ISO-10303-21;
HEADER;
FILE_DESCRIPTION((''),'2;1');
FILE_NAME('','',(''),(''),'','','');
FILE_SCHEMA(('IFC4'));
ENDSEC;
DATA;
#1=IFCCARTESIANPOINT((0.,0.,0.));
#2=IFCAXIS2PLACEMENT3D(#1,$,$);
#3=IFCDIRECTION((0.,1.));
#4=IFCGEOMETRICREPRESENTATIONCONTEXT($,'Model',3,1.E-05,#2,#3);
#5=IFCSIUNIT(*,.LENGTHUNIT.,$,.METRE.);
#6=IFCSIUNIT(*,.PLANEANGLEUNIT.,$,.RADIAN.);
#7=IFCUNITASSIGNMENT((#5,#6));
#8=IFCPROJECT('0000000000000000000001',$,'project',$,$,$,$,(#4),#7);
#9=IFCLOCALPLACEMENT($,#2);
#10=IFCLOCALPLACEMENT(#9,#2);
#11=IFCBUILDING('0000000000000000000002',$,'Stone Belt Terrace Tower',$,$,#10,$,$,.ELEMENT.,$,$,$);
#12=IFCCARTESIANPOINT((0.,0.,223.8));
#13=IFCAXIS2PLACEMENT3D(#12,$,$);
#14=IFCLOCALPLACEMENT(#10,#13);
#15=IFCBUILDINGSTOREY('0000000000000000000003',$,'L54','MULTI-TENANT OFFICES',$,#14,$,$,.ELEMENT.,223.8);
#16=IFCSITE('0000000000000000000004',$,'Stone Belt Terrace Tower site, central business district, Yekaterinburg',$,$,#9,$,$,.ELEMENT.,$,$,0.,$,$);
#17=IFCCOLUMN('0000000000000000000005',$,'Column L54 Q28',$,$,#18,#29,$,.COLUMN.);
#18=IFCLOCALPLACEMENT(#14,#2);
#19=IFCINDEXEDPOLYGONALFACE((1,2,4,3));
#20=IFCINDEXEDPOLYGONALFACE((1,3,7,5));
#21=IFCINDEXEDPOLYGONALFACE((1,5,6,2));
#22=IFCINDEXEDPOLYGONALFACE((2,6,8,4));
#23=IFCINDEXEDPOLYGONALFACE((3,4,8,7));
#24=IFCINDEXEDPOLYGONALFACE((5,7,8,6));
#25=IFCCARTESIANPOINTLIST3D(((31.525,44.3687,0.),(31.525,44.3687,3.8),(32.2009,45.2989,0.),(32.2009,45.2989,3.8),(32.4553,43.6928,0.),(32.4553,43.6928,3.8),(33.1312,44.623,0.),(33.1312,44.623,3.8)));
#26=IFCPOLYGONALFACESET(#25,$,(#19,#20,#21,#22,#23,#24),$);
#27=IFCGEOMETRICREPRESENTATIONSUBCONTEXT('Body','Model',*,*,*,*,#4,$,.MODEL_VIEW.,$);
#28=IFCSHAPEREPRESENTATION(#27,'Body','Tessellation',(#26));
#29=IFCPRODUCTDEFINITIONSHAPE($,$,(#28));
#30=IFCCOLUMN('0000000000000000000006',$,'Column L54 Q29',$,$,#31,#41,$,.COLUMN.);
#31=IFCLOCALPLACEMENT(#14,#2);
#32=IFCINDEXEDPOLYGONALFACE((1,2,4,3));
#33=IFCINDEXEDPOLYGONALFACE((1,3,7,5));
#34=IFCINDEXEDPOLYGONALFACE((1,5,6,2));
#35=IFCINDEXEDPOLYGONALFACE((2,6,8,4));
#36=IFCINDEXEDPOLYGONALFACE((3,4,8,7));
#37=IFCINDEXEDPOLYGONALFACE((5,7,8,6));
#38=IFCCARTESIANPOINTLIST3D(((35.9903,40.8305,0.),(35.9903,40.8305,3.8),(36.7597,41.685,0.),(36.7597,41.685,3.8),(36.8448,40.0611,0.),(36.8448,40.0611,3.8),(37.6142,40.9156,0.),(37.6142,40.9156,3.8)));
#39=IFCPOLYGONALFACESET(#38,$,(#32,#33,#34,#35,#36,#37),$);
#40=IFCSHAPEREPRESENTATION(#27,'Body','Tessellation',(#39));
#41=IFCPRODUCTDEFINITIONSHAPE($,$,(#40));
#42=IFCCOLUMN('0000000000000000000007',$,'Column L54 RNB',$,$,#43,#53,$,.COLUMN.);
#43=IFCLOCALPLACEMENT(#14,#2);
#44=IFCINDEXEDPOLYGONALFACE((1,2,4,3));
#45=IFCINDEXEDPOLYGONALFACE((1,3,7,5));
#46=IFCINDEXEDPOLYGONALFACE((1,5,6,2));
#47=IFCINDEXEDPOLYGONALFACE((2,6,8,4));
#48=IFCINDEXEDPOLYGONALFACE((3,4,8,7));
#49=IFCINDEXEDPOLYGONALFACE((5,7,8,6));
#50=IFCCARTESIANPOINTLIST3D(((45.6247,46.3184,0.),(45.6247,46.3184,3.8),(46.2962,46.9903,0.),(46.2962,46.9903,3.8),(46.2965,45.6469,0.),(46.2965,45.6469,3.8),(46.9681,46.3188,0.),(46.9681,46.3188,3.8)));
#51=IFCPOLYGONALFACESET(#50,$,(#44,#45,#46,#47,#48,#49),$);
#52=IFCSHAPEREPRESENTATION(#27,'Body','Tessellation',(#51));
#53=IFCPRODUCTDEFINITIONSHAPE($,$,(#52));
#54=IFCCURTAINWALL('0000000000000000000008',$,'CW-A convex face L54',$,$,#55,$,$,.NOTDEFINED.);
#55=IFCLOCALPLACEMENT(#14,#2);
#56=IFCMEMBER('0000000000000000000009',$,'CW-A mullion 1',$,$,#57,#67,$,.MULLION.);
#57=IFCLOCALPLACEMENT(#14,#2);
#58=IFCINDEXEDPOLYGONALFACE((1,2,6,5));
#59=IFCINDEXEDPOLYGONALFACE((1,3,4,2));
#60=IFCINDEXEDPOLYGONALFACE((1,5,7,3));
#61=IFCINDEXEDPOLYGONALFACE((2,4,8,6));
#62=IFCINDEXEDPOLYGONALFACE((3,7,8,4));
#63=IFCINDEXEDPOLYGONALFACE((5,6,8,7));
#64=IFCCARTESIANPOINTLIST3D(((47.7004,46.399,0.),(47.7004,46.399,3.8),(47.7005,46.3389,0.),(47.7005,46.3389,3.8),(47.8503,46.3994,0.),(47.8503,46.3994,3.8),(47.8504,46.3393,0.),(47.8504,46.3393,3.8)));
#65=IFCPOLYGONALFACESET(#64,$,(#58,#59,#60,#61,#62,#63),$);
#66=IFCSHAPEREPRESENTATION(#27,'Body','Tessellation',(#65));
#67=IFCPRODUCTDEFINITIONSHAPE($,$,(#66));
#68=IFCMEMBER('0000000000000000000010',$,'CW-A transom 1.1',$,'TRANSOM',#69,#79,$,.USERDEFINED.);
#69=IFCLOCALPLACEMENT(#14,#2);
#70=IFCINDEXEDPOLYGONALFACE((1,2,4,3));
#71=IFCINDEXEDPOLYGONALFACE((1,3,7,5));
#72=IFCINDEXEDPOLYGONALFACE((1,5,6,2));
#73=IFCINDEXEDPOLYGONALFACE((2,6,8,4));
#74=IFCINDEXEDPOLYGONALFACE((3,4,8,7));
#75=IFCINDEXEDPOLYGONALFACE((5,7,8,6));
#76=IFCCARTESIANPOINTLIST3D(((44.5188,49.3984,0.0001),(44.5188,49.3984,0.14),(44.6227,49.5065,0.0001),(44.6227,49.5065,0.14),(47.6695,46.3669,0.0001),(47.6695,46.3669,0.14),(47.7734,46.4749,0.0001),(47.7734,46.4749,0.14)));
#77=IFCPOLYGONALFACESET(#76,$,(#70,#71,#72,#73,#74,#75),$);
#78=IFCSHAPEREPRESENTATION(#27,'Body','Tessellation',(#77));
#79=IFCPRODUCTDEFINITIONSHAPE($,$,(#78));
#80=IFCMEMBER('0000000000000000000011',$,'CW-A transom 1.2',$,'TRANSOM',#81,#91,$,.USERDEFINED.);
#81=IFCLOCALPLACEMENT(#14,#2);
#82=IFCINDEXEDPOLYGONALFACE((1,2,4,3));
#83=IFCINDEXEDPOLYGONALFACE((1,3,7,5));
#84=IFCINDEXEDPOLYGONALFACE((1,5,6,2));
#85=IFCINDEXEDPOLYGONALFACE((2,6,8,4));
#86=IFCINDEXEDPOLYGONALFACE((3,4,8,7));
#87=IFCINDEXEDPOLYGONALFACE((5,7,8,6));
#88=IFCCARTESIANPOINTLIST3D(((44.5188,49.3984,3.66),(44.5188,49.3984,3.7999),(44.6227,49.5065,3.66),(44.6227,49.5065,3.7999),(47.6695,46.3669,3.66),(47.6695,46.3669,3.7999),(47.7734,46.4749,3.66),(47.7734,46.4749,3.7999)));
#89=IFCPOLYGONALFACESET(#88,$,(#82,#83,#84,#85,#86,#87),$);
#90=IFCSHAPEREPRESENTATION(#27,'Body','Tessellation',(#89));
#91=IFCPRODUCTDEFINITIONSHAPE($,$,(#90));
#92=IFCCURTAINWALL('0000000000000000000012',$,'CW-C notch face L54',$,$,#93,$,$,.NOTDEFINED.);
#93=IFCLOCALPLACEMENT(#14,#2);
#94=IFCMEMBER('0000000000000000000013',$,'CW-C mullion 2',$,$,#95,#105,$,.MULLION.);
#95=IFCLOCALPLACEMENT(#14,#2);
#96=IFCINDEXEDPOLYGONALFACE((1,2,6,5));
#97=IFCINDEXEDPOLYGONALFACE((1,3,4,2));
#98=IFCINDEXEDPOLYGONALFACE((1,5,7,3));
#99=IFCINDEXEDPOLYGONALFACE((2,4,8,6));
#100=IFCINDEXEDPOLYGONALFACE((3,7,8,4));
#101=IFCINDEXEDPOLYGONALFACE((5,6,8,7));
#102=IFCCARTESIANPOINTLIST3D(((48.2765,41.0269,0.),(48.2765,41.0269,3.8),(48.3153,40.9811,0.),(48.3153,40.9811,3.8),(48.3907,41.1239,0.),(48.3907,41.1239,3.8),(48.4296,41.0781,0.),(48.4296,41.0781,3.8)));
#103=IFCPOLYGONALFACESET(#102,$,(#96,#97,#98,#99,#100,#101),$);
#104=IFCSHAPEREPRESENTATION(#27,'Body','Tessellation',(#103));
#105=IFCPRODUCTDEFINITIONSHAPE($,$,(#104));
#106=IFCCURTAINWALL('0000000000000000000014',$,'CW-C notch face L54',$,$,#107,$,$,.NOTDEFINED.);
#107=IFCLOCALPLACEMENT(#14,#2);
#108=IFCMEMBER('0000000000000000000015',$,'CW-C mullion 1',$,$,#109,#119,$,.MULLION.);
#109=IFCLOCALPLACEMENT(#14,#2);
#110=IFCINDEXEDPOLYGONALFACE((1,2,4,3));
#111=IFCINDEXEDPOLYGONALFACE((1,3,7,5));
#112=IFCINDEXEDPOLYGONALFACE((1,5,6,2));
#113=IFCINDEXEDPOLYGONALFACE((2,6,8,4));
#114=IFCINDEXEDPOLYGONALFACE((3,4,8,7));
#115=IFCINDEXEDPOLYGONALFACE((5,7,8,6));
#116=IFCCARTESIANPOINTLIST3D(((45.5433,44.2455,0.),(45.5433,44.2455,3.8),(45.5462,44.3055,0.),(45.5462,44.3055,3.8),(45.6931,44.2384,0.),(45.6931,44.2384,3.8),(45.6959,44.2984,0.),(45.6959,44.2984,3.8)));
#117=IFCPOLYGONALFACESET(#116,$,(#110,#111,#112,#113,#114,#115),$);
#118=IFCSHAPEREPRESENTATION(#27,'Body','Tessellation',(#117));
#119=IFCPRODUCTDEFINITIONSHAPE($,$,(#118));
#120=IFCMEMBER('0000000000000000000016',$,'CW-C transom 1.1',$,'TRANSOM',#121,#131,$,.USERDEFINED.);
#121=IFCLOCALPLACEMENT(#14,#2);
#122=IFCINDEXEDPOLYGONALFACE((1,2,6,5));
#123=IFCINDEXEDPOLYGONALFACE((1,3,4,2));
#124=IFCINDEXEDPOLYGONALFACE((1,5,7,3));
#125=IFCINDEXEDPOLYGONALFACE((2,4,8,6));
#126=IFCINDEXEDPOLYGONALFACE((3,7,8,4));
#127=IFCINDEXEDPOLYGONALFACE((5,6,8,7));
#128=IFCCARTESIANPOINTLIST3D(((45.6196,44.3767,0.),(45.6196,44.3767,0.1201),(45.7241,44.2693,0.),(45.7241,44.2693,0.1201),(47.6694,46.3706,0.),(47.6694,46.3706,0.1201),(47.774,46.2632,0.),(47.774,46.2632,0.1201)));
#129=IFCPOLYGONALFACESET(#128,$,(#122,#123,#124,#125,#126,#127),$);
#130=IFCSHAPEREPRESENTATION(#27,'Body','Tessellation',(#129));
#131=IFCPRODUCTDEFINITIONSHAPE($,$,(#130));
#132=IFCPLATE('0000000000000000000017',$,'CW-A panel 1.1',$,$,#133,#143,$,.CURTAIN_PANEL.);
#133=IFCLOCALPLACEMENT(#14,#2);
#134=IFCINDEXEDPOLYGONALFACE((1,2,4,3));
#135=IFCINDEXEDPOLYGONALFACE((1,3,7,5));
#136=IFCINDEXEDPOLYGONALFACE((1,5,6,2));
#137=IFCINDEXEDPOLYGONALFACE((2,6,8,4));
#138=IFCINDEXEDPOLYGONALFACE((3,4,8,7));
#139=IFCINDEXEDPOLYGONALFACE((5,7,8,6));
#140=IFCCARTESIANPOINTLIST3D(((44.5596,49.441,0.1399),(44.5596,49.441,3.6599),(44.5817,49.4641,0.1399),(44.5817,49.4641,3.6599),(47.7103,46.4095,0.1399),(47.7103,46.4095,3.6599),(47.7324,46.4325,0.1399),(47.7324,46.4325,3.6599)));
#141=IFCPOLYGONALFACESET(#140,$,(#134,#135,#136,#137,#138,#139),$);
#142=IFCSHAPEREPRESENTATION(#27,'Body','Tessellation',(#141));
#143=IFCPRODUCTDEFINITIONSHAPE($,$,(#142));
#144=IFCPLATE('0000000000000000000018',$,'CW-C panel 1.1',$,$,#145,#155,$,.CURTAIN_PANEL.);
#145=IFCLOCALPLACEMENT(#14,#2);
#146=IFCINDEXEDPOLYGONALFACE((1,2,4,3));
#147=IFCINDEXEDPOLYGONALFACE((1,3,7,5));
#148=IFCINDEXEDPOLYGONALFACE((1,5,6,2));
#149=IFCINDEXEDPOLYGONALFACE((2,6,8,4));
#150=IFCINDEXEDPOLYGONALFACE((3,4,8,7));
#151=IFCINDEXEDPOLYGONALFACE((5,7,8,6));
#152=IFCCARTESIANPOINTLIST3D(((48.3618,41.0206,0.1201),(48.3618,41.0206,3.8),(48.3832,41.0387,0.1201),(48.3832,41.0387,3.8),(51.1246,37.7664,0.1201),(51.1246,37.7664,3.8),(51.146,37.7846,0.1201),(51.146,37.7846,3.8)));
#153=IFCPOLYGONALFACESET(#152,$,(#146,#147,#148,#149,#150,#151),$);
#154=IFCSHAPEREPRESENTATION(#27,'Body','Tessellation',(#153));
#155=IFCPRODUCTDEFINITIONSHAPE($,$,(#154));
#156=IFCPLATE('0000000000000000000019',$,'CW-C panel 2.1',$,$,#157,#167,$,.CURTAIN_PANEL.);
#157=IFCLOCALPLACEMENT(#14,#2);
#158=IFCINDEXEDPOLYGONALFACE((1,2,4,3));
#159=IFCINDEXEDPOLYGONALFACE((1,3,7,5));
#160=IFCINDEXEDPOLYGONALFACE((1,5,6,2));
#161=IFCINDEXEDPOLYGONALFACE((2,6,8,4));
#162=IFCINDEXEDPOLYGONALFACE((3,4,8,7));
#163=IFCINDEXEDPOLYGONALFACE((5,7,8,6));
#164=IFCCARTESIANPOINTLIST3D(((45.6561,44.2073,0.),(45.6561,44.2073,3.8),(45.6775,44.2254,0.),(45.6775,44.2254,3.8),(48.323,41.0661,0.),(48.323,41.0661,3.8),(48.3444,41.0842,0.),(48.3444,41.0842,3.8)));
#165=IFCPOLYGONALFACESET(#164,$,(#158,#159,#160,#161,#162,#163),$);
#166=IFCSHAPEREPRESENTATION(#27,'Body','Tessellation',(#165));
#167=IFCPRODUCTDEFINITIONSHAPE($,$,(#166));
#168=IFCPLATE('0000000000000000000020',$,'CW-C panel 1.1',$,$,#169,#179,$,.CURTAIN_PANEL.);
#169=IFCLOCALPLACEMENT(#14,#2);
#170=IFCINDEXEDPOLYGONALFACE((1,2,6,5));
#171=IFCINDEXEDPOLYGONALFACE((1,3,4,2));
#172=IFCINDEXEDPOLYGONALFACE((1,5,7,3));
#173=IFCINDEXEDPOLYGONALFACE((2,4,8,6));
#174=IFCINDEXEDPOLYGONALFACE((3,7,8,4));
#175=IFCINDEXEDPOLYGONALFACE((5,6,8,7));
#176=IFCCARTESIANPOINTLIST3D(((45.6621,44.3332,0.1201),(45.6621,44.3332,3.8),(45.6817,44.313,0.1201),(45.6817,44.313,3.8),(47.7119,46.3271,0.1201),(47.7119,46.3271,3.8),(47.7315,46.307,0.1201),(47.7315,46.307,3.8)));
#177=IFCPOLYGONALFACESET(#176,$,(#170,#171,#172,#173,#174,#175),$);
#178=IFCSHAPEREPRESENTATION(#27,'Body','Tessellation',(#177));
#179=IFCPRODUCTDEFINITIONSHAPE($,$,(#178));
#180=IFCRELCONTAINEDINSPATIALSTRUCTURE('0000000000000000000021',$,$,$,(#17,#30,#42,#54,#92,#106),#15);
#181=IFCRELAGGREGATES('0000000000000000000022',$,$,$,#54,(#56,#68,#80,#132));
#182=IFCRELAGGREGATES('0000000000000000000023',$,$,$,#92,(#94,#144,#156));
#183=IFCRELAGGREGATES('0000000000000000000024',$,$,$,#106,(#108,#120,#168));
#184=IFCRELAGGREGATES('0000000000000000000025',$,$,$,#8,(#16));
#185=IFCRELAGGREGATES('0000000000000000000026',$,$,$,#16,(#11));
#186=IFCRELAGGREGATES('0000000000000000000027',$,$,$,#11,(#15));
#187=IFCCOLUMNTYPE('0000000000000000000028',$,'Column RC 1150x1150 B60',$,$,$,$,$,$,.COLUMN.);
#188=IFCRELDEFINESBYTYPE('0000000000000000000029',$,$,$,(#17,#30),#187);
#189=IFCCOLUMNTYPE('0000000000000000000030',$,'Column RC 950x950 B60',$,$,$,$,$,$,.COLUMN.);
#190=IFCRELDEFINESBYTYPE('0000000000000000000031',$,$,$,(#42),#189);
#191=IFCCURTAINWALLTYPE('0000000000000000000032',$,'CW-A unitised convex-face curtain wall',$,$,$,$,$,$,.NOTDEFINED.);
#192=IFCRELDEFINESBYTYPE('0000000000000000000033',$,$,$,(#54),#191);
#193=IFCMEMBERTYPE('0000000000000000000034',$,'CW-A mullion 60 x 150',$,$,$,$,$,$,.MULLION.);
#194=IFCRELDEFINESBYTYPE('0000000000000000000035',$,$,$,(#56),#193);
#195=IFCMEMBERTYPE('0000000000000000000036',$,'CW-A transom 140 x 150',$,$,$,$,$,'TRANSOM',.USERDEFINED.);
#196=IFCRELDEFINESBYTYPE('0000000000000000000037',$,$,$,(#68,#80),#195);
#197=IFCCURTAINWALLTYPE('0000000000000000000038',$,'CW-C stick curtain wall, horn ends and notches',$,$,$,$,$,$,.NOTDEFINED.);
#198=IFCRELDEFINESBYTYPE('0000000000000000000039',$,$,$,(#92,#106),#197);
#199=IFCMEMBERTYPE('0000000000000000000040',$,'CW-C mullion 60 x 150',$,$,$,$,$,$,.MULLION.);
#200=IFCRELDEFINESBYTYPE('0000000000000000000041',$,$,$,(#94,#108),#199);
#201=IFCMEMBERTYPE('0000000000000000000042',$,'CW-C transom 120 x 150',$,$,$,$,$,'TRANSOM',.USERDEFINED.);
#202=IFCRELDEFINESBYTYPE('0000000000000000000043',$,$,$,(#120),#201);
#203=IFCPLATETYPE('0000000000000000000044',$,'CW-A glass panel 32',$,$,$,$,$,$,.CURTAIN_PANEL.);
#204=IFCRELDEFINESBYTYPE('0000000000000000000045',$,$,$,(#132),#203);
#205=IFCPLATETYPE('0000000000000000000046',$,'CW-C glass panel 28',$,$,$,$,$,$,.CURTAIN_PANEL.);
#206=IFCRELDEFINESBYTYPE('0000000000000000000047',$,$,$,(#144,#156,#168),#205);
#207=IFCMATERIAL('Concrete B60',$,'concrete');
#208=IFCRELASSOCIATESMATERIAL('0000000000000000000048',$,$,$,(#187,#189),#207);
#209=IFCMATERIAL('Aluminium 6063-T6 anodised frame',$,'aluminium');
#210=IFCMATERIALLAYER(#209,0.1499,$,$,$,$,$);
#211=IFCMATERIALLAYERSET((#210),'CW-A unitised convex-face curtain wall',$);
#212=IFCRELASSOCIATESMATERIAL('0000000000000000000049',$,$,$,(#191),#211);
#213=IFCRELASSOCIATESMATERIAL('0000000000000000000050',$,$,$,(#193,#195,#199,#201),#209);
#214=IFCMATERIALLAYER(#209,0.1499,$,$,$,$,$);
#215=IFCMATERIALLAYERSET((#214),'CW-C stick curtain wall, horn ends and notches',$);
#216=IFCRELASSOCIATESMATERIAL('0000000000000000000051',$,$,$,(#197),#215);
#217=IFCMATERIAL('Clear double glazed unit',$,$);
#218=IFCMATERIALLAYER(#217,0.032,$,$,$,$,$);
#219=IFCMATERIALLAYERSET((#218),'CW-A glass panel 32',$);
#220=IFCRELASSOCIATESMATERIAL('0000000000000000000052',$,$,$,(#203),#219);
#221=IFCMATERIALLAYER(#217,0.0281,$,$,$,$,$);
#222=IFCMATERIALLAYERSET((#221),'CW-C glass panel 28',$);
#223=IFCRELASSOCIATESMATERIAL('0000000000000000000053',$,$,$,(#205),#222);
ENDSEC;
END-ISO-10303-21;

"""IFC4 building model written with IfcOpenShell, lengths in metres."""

from ifc_helpers import new_model, si_unit, direction, frame, origin, origin_2d, place, context, subcontext, project, spatial, rectangle, extrude, material, layer, layer_set, material_profile, profile_set, type_object, element, aggregate, save


model = new_model("IFC4")

# Units and contexts
model_context = context("Model", 3, precision=1e-05, world=origin(), true_north=direction((0.0, 1.0)))
body_context = subcontext(model_context, "Body", "Model", "MODEL_VIEW")
ifc_project = project(units=[si_unit("LENGTHUNIT", "METRE"), si_unit("PLANEANGLEUNIT", "RADIAN")], contexts=[model_context])

# Site, building, storey
site_placement = place(None, origin())
site = spatial("IfcSite", under=ifc_project, at=site_placement, Name="Stone Belt Terrace Tower site, central business district, Yekaterinburg", CompositionType="ELEMENT", RefElevation=0.0)
building_placement = place(site_placement, origin())
building = spatial("IfcBuilding", under=site, at=building_placement, Name="Stone Belt Terrace Tower", CompositionType="ELEMENT")
storey_placement = place(building_placement, frame((0.0, 0.0, 223.8)))
storey = spatial("IfcBuildingStorey", under=building, at=storey_placement, Name="L54", Description="MULTI-TENANT OFFICES", CompositionType="ELEMENT", Elevation=223.8)

# Columns
ifc_material_1 = material(Name="Concrete B60", Category="concrete")
ifc_material_profile_1 = material_profile(ifc_material_1, rectangle(XDim=1.1499, YDim=1.1499, at=origin_2d()), Name="RC 1150x1150")
ifc_profile_set_1 = profile_set([ifc_material_profile_1], Name="Concrete B60")
column_type_1 = type_object("IfcColumnType", Name="Column RC 1150x1150 B60", PredefinedType="COLUMN", material=ifc_profile_set_1)
for number, where, z_axis, x_axis, name in (
    (1, (32.3281, 44.4958, 0.0), (0.0, 0.0, 1.0), (0.809017, -0.587785, 0.0), "Column L54 Q28"),
    (2, (36.8022, 40.873, 0.0), (0.0, 0.0, 1.0), (0.743145, -0.669131, 0.0), "Column L54 Q29"),
):
    element("IfcColumn", number, at=place(storey_placement, frame(where, z_axis=z_axis, x_axis=x_axis)), inside=storey, type_object=column_type_1, Name=name, PredefinedType="COLUMN", context=body_context, shape_type="SweptSolid", body=[
        extrude(rectangle(XDim=1.1499, YDim=1.1499, at=origin_2d()), origin(), (0.0, 0.0, 1.0), 3.8),
    ])
ifc_material_profile_2 = material_profile(ifc_material_1, rectangle(XDim=0.95, YDim=0.95, at=origin_2d()), Name="RC 950x950")
ifc_profile_set_2 = profile_set([ifc_material_profile_2], Name="Concrete B60")
column_type_2 = type_object("IfcColumnType", Name="Column RC 950x950 B60", PredefinedType="COLUMN", material=ifc_profile_set_2)
column_placement = place(storey_placement, frame((46.2964, 46.3186, 0.0), z_axis=(0.0, 0.0, 1.0), x_axis=(0.707276, -0.706938, 0.0)))
element("IfcColumn", 3, at=column_placement, inside=storey, type_object=column_type_2, Name="Column L54 RNB", PredefinedType="COLUMN", context=body_context, shape_type="SweptSolid", body=[
    extrude(rectangle(XDim=0.95, YDim=0.95, at=origin_2d()), origin(), (0.0, 0.0, 1.0), 3.8),
])

# Curtain wall, members
ifc_material_2 = material(Name="Aluminium 6063-T6 anodised frame", Category="aluminium")
ifc_layer_1 = layer(ifc_material_2, 0.1499)
ifc_layer_set_1 = layer_set([ifc_layer_1], Name="CW-A unitised convex-face curtain wall")
curtain_wall_type_1 = type_object("IfcCurtainWallType", Name="CW-A unitised convex-face curtain wall", PredefinedType="NOTDEFINED", material=ifc_layer_set_1)
curtain_wall_1_placement = place(storey_placement, origin())
curtain_wall_1 = element("IfcCurtainWall", 4, at=curtain_wall_1_placement, inside=storey, type_object=curtain_wall_type_1, Name="CW-A convex face L54", PredefinedType="NOTDEFINED")
ifc_material_profile_3 = material_profile(ifc_material_2, rectangle(XDim=0.1499, YDim=0.0601, at=origin_2d()), Name="Aluminium 6063-T6 60x150")
ifc_profile_set_3 = profile_set([ifc_material_profile_3], Name="Aluminium 6063-T6 anodised frame")
member_type_1 = type_object("IfcMemberType", Name="CW-A mullion 60 x 150", PredefinedType="MULLION", material=ifc_profile_set_3)
member_1_placement = place(storey_placement, frame((47.7754, 46.3691, 0.0), z_axis=(0.0, 0.0, 1.0), x_axis=(-0.999996, -0.002733, 0.0)))
member_1 = element("IfcMember", 5, at=member_1_placement, type_object=member_type_1, Name="CW-A mullion 1", PredefinedType="MULLION", context=body_context, shape_type="SweptSolid", body=[
    extrude(rectangle(XDim=0.1499, YDim=0.0601, at=origin_2d()), origin(), (0.0, 0.0, 1.0), 3.8),
])
ifc_material_profile_4 = material_profile(ifc_material_2, rectangle(XDim=0.1499, YDim=0.1399, at=origin_2d()), Name="Aluminium 6063-T6 150x140")
ifc_profile_set_4 = profile_set([ifc_material_profile_4], Name="Aluminium 6063-T6 anodised frame")
member_type_2 = type_object("IfcMemberType", Name="CW-A transom 140 x 150", ElementType="TRANSOM", PredefinedType="USERDEFINED", material=ifc_profile_set_4)
member_2_placement = place(storey_placement, frame((47.7214, 46.4209, 0.0701), z_axis=(-0.7206, 0.693351, 0.0), x_axis=(-0.693351, -0.7206, 0.0)))
member_2 = element("IfcMember", 6, at=member_2_placement, type_object=member_type_2, Name="CW-A transom 1.1", ObjectType="TRANSOM", PredefinedType="USERDEFINED", context=body_context, shape_type="SweptSolid", body=[
    extrude(rectangle(XDim=0.1499, YDim=0.1399, at=origin_2d()), origin(), (0.0, 0.0, 1.0), 4.3723),
])
member_3_placement = place(storey_placement, frame((47.7214, 46.4209, 3.73), z_axis=(-0.7206, 0.693351, 0.0), x_axis=(-0.693351, -0.7206, 0.0)))
member_3 = element("IfcMember", 7, at=member_3_placement, type_object=member_type_2, Name="CW-A transom 1.2", ObjectType="TRANSOM", PredefinedType="USERDEFINED", context=body_context, shape_type="SweptSolid", body=[
    extrude(rectangle(XDim=0.1499, YDim=0.1399, at=origin_2d()), origin(), (0.0, 0.0, 1.0), 4.3723),
])

# Curtain wall, member
ifc_layer_2 = layer(ifc_material_2, 0.1499)
ifc_layer_set_2 = layer_set([ifc_layer_2], Name="CW-C stick curtain wall, horn ends and notches")
curtain_wall_type_2 = type_object("IfcCurtainWallType", Name="CW-C stick curtain wall, horn ends and notches", PredefinedType="NOTDEFINED", material=ifc_layer_set_2)
curtain_wall_2_placement = place(storey_placement, origin())
curtain_wall_2 = element("IfcCurtainWall", 8, at=curtain_wall_2_placement, inside=storey, type_object=curtain_wall_type_2, Name="CW-C notch face L54", PredefinedType="NOTDEFINED")
ifc_material_profile_5 = material_profile(ifc_material_2, rectangle(XDim=0.1499, YDim=0.0601, at=origin_2d()), Name="Aluminium 6063-T6 60x150")
ifc_profile_set_5 = profile_set([ifc_material_profile_5], Name="Aluminium 6063-T6 anodised frame")
member_type_3 = type_object("IfcMemberType", Name="CW-C mullion 60 x 150", PredefinedType="MULLION", material=ifc_profile_set_5)
member_4_placement = place(storey_placement, frame((48.353, 41.0525, 0.0), z_axis=(0.0, 0.0, 1.0), x_axis=(-0.762311, -0.647211, 0.0)))
member_4 = element("IfcMember", 9, at=member_4_placement, type_object=member_type_3, Name="CW-C mullion 2", PredefinedType="MULLION", context=body_context, shape_type="SweptSolid", body=[
    extrude(rectangle(XDim=0.1499, YDim=0.0601, at=origin_2d()), origin(), (0.0, 0.0, 1.0), 3.8),
])

# Curtain wall, members
curtain_wall_3_placement = place(storey_placement, origin())
curtain_wall_3 = element("IfcCurtainWall", 10, at=curtain_wall_3_placement, inside=storey, type_object=curtain_wall_type_2, Name="CW-C notch face L54", PredefinedType="NOTDEFINED")
member_5_placement = place(storey_placement, frame((45.6196, 44.272, 0.0), z_axis=(0.0, 0.0, 1.0), x_axis=(-0.998865, 0.047626, 0.0)))
member_5 = element("IfcMember", 11, at=member_5_placement, type_object=member_type_3, Name="CW-C mullion 1", PredefinedType="MULLION", context=body_context, shape_type="SweptSolid", body=[
    extrude(rectangle(XDim=0.1499, YDim=0.0601, at=origin_2d()), origin(), (0.0, 0.0, 1.0), 3.8),
])
ifc_material_profile_6 = material_profile(ifc_material_2, rectangle(XDim=0.1499, YDim=0.1201, at=origin_2d()), Name="Aluminium 6063-T6 150x120")
ifc_profile_set_6 = profile_set([ifc_material_profile_6], Name="Aluminium 6063-T6 anodised frame")
member_type_4 = type_object("IfcMemberType", Name="CW-C transom 120 x 150", ElementType="TRANSOM", PredefinedType="USERDEFINED", material=ifc_profile_set_6)
member_6_placement = place(storey_placement, frame((45.6719, 44.323, 0.0601), z_axis=(0.716815, 0.697264, 0.0), x_axis=(-0.697264, 0.716815, 0.0)))
member_6 = element("IfcMember", 12, at=member_6_placement, type_object=member_type_4, Name="CW-C transom 1.1", ObjectType="TRANSOM", PredefinedType="USERDEFINED", context=body_context, shape_type="SweptSolid", body=[
    extrude(rectangle(XDim=0.1499, YDim=0.1201, at=origin_2d()), origin(), (0.0, 0.0, 1.0), 2.8596),
])

# Plates
ifc_material_3 = material(Name="Clear double glazed unit")
ifc_layer_3 = layer(ifc_material_3, 0.032)
ifc_layer_set_3 = layer_set([ifc_layer_3], Name="CW-A glass panel 32")
plate_type_1 = type_object("IfcPlateType", Name="CW-A glass panel 32", PredefinedType="CURTAIN_PANEL", material=ifc_layer_set_3)
plate_1_placement = place(storey_placement, frame((46.146, 47.9368, 0.1399), z_axis=(0.0, 0.0, 1.0), x_axis=(-0.720604, 0.693346, 0.0)))
plate_1 = element("IfcPlate", 13, at=plate_1_placement, type_object=plate_type_1, Name="CW-A panel 1.1", PredefinedType="CURTAIN_PANEL", context=body_context, shape_type="SweptSolid", body=[
    extrude(rectangle(XDim=4.3723, YDim=0.032, at=origin_2d()), origin(), (0.0, 0.0, 1.0), 3.52),
])
aggregate(curtain_wall_1, [member_1, member_2, member_3, plate_1])
ifc_layer_4 = layer(ifc_material_3, 0.0281)
ifc_layer_set_4 = layer_set([ifc_layer_4], Name="CW-C glass panel 28")
plate_type_2 = type_object("IfcPlateType", Name="CW-C glass panel 28", PredefinedType="CURTAIN_PANEL", material=ifc_layer_set_4)
plate_2_placement = place(storey_placement, frame((49.7539, 39.4026, 0.1201), z_axis=(0.0, 0.0, 1.0), x_axis=(-0.647211, 0.762311, 0.0)))
plate_2 = element("IfcPlate", 14, at=plate_2_placement, type_object=plate_type_2, Name="CW-C panel 1.1", PredefinedType="CURTAIN_PANEL", context=body_context, shape_type="SweptSolid", body=[
    extrude(rectangle(XDim=4.2688, YDim=0.0281, at=origin_2d()), origin(), (0.0, 0.0, 1.0), 3.6799),
])
plate_3_placement = place(storey_placement, frame((47.0002, 42.6458, 0.0), z_axis=(0.0, 0.0, 1.0), x_axis=(-0.647211, 0.762311, 0.0)))
plate_3 = element("IfcPlate", 15, at=plate_3_placement, type_object=plate_type_2, Name="CW-C panel 2.1", PredefinedType="CURTAIN_PANEL", context=body_context, shape_type="SweptSolid", body=[
    extrude(rectangle(XDim=4.1206, YDim=0.0281, at=origin_2d()), origin(), (0.0, 0.0, 1.0), 3.8),
])
aggregate(curtain_wall_2, [member_4, plate_2, plate_3])
plate_4_placement = place(storey_placement, frame((46.6968, 45.3201, 0.1201), z_axis=(0.0, 0.0, 1.0), x_axis=(0.716803, 0.697275, 0.0)))
plate_4 = element("IfcPlate", 16, at=plate_4_placement, type_object=plate_type_2, Name="CW-C panel 1.1", PredefinedType="CURTAIN_PANEL", context=body_context, shape_type="SweptSolid", body=[
    extrude(rectangle(XDim=2.8596, YDim=0.0281, at=origin_2d()), origin(), (0.0, 0.0, 1.0), 3.6799),
])
aggregate(curtain_wall_3, [member_5, member_6, plate_4])

save(model, "model.ifc")
